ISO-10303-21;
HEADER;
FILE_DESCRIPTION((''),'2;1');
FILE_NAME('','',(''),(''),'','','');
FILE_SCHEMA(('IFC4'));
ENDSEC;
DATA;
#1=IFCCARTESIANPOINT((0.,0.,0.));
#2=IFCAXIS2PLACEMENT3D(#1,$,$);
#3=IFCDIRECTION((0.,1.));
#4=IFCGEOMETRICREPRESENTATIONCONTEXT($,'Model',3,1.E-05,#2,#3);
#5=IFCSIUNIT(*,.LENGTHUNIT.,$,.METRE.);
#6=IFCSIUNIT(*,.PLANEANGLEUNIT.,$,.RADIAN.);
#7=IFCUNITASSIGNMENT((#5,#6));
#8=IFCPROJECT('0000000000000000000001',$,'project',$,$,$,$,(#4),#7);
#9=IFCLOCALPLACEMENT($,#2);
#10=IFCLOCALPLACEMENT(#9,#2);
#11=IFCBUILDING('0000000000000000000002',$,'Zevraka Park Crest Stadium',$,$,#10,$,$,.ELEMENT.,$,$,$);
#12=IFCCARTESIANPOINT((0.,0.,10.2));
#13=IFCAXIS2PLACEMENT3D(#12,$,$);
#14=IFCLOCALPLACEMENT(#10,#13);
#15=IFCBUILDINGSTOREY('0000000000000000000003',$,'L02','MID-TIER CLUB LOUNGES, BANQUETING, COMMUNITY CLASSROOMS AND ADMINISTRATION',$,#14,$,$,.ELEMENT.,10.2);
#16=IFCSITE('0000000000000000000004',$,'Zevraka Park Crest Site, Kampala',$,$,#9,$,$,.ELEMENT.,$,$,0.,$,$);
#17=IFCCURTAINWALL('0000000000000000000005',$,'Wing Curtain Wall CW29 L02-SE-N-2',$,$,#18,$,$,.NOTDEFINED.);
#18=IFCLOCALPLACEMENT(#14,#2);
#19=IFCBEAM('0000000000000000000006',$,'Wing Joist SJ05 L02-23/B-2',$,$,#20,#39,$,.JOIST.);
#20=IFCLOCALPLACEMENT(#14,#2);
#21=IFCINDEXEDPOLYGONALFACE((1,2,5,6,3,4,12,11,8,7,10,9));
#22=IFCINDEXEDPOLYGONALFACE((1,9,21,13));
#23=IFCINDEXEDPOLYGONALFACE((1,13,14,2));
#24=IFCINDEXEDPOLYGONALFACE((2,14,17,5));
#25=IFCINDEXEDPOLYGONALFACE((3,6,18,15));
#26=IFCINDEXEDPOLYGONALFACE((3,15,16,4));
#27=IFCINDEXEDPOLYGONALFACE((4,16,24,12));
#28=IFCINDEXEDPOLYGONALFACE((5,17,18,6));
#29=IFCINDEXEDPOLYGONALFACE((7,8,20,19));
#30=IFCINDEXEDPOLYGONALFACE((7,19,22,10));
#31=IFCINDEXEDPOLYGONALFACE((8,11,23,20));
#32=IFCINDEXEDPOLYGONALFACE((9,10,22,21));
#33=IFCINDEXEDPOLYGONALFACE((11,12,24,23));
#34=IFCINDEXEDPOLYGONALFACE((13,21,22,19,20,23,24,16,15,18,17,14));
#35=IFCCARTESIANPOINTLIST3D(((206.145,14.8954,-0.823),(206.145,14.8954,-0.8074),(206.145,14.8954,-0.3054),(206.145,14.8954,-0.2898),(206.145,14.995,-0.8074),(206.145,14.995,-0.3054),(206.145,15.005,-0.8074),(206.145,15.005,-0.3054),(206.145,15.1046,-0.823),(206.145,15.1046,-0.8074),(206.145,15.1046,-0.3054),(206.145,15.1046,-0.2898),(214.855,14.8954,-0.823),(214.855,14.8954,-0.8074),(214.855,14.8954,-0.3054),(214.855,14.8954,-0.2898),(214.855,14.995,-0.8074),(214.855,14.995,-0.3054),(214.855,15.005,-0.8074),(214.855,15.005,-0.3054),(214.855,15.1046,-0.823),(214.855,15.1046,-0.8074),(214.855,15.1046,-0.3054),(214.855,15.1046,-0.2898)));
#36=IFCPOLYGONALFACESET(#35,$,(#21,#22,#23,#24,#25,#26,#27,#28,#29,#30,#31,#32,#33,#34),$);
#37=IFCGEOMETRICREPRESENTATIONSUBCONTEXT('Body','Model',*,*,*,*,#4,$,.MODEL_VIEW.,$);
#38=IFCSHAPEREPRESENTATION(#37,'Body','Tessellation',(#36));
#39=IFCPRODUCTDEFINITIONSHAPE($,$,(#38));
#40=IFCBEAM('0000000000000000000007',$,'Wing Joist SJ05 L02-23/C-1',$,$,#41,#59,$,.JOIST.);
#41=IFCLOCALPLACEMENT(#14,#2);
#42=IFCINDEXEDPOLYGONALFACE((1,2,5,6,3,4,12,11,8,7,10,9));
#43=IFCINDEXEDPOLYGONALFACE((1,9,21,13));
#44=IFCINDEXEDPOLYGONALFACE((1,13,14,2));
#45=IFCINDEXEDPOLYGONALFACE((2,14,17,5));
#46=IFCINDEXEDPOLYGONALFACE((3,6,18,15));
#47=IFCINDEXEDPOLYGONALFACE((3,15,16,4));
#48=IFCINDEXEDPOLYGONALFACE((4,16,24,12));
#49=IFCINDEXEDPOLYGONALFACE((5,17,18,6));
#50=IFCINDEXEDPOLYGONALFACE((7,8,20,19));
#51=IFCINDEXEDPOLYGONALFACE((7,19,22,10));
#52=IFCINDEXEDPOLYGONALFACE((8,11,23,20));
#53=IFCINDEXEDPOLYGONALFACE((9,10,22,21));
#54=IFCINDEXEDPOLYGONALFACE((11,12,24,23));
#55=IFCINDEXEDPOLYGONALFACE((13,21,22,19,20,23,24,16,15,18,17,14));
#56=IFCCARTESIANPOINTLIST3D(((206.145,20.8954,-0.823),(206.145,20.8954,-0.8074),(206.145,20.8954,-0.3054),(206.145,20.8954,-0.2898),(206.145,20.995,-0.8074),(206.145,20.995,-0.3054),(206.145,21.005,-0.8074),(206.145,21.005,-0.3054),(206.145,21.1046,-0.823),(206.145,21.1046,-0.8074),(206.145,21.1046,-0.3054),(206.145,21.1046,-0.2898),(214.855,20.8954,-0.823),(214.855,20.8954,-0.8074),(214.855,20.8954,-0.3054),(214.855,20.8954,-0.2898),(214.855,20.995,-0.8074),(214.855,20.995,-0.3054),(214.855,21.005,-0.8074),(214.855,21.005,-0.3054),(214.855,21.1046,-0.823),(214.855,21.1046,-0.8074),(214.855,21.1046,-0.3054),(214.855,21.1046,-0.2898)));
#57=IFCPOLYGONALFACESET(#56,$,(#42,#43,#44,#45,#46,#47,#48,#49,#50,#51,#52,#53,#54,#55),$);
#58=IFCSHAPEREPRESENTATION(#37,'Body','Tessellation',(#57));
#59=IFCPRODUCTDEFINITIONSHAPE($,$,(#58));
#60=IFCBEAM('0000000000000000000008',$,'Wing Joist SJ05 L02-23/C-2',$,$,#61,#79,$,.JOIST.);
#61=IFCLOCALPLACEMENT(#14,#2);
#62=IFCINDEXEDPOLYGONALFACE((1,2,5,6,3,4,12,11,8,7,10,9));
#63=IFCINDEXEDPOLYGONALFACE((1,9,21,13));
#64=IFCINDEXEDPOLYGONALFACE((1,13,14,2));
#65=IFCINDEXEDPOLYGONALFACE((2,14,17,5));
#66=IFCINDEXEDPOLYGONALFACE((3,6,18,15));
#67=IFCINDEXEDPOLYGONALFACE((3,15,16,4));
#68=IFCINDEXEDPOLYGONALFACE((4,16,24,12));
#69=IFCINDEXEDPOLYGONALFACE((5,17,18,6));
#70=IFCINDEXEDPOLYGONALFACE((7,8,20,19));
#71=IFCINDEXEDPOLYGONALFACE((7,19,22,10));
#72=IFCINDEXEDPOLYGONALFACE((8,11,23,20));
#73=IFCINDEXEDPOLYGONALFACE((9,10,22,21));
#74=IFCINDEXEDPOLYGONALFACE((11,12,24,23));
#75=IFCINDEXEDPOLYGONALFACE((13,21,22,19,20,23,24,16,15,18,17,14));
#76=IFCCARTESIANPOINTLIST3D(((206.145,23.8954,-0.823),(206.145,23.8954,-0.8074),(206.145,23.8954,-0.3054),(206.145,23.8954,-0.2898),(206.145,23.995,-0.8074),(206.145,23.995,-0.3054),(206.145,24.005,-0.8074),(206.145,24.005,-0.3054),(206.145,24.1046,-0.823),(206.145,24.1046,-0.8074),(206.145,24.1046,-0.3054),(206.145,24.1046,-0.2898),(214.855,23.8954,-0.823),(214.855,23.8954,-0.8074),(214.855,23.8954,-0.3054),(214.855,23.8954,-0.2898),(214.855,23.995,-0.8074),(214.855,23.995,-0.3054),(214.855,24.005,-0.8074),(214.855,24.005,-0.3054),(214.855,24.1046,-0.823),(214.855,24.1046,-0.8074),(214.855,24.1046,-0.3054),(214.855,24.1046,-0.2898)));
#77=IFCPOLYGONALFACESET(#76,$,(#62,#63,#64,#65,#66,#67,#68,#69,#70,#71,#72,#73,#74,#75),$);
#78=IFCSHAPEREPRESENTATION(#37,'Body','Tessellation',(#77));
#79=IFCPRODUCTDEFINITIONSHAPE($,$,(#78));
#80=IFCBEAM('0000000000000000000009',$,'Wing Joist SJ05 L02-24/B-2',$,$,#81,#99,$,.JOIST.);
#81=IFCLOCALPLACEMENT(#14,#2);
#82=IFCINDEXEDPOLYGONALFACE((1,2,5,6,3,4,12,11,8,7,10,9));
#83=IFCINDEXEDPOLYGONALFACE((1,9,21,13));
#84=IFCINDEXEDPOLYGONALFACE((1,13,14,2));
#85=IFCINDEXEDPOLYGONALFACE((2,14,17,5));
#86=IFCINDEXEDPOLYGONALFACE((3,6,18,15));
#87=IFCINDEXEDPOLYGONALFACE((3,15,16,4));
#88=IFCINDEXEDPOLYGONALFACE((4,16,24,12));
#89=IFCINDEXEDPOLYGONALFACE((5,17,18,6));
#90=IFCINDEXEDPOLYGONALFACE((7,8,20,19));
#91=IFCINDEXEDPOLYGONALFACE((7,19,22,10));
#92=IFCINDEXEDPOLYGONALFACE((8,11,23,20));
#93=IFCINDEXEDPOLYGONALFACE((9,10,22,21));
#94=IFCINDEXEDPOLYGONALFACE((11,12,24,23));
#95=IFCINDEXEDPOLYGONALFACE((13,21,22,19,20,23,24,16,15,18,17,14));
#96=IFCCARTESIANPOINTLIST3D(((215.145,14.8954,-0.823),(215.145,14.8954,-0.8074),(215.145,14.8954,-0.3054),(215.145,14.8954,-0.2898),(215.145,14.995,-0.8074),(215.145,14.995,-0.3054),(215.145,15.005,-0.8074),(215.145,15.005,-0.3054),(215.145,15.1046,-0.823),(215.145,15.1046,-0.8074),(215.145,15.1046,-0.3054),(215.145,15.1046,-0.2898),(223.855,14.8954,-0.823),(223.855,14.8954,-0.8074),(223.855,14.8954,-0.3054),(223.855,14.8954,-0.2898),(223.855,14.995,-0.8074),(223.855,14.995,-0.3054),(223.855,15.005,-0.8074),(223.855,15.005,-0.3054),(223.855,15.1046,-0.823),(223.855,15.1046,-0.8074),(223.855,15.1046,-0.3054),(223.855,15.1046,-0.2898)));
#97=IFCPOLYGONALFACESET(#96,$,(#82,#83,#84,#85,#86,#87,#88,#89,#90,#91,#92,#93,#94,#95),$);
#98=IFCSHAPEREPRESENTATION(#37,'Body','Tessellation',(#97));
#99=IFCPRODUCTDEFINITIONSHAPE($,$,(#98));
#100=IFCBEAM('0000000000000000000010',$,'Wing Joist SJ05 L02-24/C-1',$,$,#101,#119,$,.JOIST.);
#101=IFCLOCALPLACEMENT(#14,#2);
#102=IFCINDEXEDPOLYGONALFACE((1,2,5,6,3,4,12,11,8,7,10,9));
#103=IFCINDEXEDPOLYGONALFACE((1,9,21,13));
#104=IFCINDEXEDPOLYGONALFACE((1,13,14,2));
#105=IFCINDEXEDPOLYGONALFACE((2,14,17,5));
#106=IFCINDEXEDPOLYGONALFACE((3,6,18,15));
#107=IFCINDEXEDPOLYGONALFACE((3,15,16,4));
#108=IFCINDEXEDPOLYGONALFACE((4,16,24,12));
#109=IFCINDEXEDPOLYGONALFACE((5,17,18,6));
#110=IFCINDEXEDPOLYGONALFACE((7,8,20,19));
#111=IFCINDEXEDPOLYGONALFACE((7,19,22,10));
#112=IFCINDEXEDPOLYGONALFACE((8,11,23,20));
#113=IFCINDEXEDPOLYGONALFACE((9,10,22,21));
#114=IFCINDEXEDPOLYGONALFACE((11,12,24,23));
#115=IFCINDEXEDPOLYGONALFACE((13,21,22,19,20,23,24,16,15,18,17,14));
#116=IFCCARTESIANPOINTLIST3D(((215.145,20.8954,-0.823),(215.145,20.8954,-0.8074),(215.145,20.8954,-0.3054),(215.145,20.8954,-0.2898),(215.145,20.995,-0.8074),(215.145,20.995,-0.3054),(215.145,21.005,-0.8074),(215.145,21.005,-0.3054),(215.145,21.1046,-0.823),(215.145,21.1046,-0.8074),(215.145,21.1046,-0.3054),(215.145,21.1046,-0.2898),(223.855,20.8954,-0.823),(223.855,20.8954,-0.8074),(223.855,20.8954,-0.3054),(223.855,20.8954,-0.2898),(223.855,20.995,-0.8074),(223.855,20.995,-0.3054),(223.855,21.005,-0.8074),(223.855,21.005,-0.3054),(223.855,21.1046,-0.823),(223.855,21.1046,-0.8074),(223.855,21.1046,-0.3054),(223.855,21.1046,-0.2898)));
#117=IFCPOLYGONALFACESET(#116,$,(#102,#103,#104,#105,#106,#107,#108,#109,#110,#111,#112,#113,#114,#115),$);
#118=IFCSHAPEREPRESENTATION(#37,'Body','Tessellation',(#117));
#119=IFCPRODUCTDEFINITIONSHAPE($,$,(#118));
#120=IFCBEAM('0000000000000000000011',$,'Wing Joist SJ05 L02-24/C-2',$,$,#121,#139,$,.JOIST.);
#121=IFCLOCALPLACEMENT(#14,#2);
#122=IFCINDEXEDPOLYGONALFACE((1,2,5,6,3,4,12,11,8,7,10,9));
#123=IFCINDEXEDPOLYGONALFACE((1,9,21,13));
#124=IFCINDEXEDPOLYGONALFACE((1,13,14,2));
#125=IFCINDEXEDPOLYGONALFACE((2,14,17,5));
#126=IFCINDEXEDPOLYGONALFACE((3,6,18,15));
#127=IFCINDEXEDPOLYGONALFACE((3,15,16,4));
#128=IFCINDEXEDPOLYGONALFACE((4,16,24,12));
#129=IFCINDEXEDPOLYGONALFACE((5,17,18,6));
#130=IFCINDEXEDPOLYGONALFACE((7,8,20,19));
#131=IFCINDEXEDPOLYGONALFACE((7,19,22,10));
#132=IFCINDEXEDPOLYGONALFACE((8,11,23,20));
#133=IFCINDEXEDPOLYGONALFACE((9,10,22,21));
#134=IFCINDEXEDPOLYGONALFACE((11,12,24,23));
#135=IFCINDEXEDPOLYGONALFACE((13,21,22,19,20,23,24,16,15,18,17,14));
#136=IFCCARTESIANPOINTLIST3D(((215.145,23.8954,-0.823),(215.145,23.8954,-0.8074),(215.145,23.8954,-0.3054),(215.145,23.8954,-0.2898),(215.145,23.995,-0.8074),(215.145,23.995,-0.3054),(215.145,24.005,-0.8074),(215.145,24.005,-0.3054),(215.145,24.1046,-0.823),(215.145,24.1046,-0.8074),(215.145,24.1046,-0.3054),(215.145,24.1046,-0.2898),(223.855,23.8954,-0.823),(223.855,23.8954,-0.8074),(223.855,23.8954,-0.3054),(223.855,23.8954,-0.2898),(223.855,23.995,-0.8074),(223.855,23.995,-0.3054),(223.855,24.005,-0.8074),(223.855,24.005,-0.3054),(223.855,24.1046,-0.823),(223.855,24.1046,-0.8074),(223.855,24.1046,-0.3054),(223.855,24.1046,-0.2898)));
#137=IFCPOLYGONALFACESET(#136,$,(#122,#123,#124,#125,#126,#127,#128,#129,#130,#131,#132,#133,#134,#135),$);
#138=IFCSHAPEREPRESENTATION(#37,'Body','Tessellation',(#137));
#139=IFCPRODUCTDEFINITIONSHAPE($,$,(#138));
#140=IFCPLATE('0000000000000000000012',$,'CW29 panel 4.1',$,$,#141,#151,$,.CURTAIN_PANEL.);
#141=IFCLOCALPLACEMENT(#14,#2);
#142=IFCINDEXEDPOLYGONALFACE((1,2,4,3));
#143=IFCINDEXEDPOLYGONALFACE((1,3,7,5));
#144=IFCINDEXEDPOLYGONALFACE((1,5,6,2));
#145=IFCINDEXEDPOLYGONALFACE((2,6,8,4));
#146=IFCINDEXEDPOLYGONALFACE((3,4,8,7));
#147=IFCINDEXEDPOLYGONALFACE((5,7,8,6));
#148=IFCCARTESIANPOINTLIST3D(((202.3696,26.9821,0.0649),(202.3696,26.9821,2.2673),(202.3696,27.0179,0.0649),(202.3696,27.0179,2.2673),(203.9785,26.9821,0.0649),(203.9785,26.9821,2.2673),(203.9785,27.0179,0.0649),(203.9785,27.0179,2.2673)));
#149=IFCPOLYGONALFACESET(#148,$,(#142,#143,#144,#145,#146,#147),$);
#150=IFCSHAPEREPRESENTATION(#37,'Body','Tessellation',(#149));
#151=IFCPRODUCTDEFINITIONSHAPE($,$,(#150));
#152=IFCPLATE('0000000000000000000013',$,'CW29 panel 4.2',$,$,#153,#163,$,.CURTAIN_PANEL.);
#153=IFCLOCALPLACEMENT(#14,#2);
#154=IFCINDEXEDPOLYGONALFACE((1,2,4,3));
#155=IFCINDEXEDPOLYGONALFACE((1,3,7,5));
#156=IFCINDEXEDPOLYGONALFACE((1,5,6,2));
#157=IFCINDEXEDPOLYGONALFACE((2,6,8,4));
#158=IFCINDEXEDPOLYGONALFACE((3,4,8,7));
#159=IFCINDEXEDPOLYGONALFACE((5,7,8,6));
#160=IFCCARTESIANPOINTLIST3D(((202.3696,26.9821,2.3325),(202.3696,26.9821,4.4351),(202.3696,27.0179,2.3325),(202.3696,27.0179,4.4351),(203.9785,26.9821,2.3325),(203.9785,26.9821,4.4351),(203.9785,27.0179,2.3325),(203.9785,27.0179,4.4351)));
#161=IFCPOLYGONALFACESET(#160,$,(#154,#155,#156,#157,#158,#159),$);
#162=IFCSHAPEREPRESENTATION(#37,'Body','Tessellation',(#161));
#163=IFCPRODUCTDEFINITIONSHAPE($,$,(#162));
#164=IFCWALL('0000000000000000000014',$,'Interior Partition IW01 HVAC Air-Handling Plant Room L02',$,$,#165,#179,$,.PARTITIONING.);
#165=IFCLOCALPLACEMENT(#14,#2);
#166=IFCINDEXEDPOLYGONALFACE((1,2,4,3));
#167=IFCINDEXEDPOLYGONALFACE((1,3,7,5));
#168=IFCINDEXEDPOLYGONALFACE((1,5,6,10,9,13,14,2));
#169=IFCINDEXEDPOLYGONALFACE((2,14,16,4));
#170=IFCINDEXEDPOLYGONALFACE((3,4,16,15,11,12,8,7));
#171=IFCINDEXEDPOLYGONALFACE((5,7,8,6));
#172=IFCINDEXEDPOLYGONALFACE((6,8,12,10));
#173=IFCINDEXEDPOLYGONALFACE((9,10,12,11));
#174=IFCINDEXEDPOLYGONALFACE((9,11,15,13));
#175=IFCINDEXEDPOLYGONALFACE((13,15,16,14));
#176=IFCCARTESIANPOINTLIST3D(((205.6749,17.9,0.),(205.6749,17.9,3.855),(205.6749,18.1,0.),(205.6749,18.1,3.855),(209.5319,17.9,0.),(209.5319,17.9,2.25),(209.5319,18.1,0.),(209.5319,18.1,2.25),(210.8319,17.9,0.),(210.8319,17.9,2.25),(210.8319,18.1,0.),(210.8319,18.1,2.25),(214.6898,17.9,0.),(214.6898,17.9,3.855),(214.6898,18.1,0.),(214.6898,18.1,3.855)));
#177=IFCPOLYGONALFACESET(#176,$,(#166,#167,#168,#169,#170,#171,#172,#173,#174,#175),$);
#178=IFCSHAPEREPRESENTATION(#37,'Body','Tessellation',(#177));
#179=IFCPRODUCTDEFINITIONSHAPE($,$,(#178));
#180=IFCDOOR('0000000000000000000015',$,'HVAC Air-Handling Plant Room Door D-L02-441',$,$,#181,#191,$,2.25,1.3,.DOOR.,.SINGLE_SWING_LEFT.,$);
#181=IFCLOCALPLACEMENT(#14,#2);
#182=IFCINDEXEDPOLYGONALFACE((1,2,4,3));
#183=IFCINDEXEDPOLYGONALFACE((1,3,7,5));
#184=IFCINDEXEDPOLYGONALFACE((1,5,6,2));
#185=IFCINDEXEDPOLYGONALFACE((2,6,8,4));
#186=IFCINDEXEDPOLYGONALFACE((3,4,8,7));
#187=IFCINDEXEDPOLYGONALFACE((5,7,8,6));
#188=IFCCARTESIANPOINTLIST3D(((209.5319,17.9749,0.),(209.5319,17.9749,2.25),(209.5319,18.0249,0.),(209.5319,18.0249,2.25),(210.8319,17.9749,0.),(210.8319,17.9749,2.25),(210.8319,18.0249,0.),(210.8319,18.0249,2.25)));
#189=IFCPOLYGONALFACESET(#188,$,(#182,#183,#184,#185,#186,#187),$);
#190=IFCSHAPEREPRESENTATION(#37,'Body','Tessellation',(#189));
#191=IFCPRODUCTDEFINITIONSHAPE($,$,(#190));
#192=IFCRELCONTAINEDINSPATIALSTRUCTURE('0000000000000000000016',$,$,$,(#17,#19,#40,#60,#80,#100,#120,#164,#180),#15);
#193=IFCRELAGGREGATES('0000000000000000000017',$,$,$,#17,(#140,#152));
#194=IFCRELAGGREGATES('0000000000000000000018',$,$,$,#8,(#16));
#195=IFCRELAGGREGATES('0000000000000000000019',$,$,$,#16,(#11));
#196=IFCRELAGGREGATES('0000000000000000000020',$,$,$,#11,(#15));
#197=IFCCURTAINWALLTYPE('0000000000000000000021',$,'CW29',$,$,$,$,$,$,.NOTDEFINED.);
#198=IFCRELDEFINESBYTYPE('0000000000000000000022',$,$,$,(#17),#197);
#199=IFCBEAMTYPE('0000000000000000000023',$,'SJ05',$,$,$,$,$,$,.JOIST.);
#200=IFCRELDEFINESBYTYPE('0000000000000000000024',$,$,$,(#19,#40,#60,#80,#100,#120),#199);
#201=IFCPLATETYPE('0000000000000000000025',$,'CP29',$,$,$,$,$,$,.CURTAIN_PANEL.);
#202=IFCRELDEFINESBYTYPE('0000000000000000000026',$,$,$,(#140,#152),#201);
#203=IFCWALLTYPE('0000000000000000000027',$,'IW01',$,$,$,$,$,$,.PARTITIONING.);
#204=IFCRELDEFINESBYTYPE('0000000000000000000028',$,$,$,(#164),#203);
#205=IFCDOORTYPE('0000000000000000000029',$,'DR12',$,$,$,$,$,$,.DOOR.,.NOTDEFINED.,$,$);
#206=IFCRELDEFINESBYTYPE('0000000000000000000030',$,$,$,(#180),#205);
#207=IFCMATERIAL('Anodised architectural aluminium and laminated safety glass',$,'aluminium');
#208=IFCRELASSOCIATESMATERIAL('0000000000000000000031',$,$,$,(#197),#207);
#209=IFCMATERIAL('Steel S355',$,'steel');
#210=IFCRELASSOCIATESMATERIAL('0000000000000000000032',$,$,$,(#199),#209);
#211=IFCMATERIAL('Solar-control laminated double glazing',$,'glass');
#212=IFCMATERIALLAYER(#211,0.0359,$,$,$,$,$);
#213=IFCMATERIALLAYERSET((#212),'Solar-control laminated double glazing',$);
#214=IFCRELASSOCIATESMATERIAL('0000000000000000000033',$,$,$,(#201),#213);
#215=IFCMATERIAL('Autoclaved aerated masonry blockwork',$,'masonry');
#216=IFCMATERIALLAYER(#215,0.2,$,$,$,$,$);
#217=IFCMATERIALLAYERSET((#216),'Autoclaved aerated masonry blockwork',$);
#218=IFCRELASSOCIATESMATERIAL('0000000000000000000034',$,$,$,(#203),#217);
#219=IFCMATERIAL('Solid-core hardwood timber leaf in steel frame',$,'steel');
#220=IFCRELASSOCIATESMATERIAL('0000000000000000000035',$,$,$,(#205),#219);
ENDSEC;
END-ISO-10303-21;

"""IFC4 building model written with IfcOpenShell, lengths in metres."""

from ifc_helpers import new_model, si_unit, direction, frame, frame_2d, origin, origin_2d, place, context, subcontext, project, spatial, rectangle, i_section, extrude, material, layer, layer_set, material_profile, profile_set, type_object, element, fill, aggregate, save


model = new_model("IFC4")

# Units and contexts
model_context = context("Model", 3, precision=1e-05, world=origin(), true_north=direction((0.0, 1.0)))
body_context = subcontext(model_context, "Body", "Model", "MODEL_VIEW")
ifc_project = project(units=[si_unit("LENGTHUNIT", "METRE"), si_unit("PLANEANGLEUNIT", "RADIAN")], contexts=[model_context])

# Site, building, storey
site_placement = place(None, origin())
site = spatial("IfcSite", under=ifc_project, at=site_placement, Name="Zevraka Park Crest Site, Kampala", CompositionType="ELEMENT", RefElevation=0.0)
building_placement = place(site_placement, origin())
building = spatial("IfcBuilding", under=site, at=building_placement, Name="Zevraka Park Crest Stadium", CompositionType="ELEMENT")
storey_placement = place(building_placement, frame((0.0, 0.0, 10.2)))
storey = spatial("IfcBuildingStorey", under=building, at=storey_placement, Name="L02", Description="MID-TIER CLUB LOUNGES, BANQUETING, COMMUNITY CLASSROOMS AND ADMINISTRATION", CompositionType="ELEMENT", Elevation=10.2)

# Curtain wall
ifc_material_1 = material(Name="Anodised architectural aluminium and laminated safety glass", Category="aluminium")
curtain_wall_type = type_object("IfcCurtainWallType", Name="CW29", PredefinedType="NOTDEFINED", material=ifc_material_1)
curtain_wall_placement = place(storey_placement, origin())
curtain_wall = element("IfcCurtainWall", 1, at=curtain_wall_placement, inside=storey, type_object=curtain_wall_type, Name="Wing Curtain Wall CW29 L02-SE-N-2", PredefinedType="NOTDEFINED")

# Beams
ifc_material_2 = material(Name="Steel S355", Category="steel")
ifc_material_profile_1 = material_profile(ifc_material_2, i_section(OverallWidth=0.2092, OverallDepth=0.5332, WebThickness=0.01, FlangeThickness=0.0156, at=origin_2d()), Name="UKB 533x210x92")
ifc_profile_set_1 = profile_set([ifc_material_profile_1], Name="Steel S355")
beam_type_1 = type_object("IfcBeamType", Name="SJ05", PredefinedType="JOIST", material=ifc_profile_set_1)
for number, where, z_axis, x_axis, name in (
    (2, (206.145, 15.0, -0.5564), (1.0, 0.0, 0.0), (0.0, 1.0, 0.0), "Wing Joist SJ05 L02-23/B-2"),
    (3, (206.145, 21.0, -0.5564), (1.0, 0.0, 0.0), (0.0, 1.0, 0.0), "Wing Joist SJ05 L02-23/C-1"),
    (4, (206.145, 24.0, -0.5564), (1.0, 0.0, 0.0), (0.0, 1.0, 0.0), "Wing Joist SJ05 L02-23/C-2"),
    (5, (215.145, 15.0, -0.5564), (1.0, 0.0, 0.0), (0.0, 1.0, 0.0), "Wing Joist SJ05 L02-24/B-2"),
    (6, (215.145, 21.0, -0.5564), (1.0, 0.0, 0.0), (0.0, 1.0, 0.0), "Wing Joist SJ05 L02-24/C-1"),
    (7, (215.145, 24.0, -0.5564), (1.0, 0.0, 0.0), (0.0, 1.0, 0.0), "Wing Joist SJ05 L02-24/C-2"),
):
    element("IfcBeam", number, at=place(storey_placement, frame(where, z_axis=z_axis, x_axis=x_axis)), inside=storey, type_object=beam_type_1, Name=name, PredefinedType="JOIST", context=body_context, shape_type="SweptSolid", body=[
        extrude(i_section(OverallWidth=0.2092, OverallDepth=0.5332, WebThickness=0.01, FlangeThickness=0.0156, at=origin_2d()), origin(), (0.0, 0.0, 1.0), 8.71),
    ])

# Plates
ifc_material_3 = material(Name="Solar-control laminated double glazing", Category="glass")
ifc_layer_1 = layer(ifc_material_3, 0.0359)
ifc_layer_set_1 = layer_set([ifc_layer_1], Name="Solar-control laminated double glazing")
plate_type = type_object("IfcPlateType", Name="CP29", PredefinedType="CURTAIN_PANEL", material=ifc_layer_set_1)
plate_1_placement = place(storey_placement, frame((203.1741, 27.0, 0.0649), z_axis=(0.0, 0.0, 1.0), x_axis=(1.0, 0.0, 0.0)))
plate_1 = element("IfcPlate", 8, at=plate_1_placement, type_object=plate_type, Name="CW29 panel 4.1", PredefinedType="CURTAIN_PANEL", context=body_context, shape_type="SweptSolid", body=[
    extrude(rectangle(XDim=1.6089, YDim=0.0359, at=origin_2d()), origin(), (0.0, 0.0, 1.0), 2.2024),
])
plate_2_placement = place(storey_placement, frame((203.1741, 27.0, 2.3325), z_axis=(0.0, 0.0, 1.0), x_axis=(1.0, 0.0, 0.0)))
plate_2 = element("IfcPlate", 9, at=plate_2_placement, type_object=plate_type, Name="CW29 panel 4.2", PredefinedType="CURTAIN_PANEL", context=body_context, shape_type="SweptSolid", body=[
    extrude(rectangle(XDim=1.6089, YDim=0.0359, at=origin_2d()), origin(), (0.0, 0.0, 1.0), 2.1025),
])
aggregate(curtain_wall, [plate_1, plate_2])

# Wall, opening, door
ifc_material_4 = material(Name="Autoclaved aerated masonry blockwork", Category="masonry")
ifc_layer_2 = layer(ifc_material_4, 0.2)
ifc_layer_set_2 = layer_set([ifc_layer_2], Name="Autoclaved aerated masonry blockwork")
wall_type = type_object("IfcWallType", Name="IW01", PredefinedType="PARTITIONING", material=ifc_layer_set_2)
wall_1_placement = place(storey_placement, frame((205.675, 18.0, 0.0), z_axis=(0.0, 0.0, 1.0), x_axis=(1.0, 0.0, 0.0)))
wall_1 = element("IfcWall", 10, at=wall_1_placement, inside=storey, type_object=wall_type, Name="Interior Partition IW01 HVAC Air-Handling Plant Room L02", PredefinedType="PARTITIONING", context=body_context, shape_type="SweptSolid", body=[
    extrude(rectangle(XDim=9.0149, YDim=0.2, at=frame_2d((4.5073, 0.0))), origin(), (0.0, 0.0, 1.0), 3.855),
])
opening_1_placement = place(wall_1_placement, frame((3.8569, 0.0, 0.0)))
opening_1 = element("IfcOpeningElement", 11, at=opening_1_placement, cuts=wall_1, PredefinedType="OPENING", context=body_context, shape_type="SweptSolid", body=[
    extrude(rectangle(XDim=1.3, YDim=2.25, at=frame_2d((0.6499, 1.125))), frame((0.0, 0.1099, 0.0), z_axis=(0.0, -1.0, 0.0), x_axis=(1.0, 0.0, 0.0)), (0.0, 0.0, 1.0), 0.22),
])
ifc_material_5 = material(Name="Solid-core hardwood timber leaf in steel frame", Category="steel")
door_type_1 = type_object("IfcDoorType", Name="DR12", OperationType="NOTDEFINED", PredefinedType="DOOR", material=ifc_material_5)
door_1_placement = place(opening_1_placement, origin())
door_1 = element("IfcDoor", 12, at=door_1_placement, inside=storey, type_object=door_type_1, Name="HVAC Air-Handling Plant Room Door D-L02-441", OperationType="SINGLE_SWING_LEFT", OverallHeight=2.25, OverallWidth=1.3, PredefinedType="DOOR", context=body_context, shape_type="SweptSolid", body=[
    extrude(rectangle(XDim=1.3, YDim=2.25, at=frame_2d((0.6499, 1.125))), frame((0.0, 0.0249, 0.0), z_axis=(0.0, -1.0, 0.0), x_axis=(1.0, 0.0, 0.0)), (0.0, 0.0, 1.0), 0.05),
])
fill(opening_1, door_1)

save(model, "model.ifc")
